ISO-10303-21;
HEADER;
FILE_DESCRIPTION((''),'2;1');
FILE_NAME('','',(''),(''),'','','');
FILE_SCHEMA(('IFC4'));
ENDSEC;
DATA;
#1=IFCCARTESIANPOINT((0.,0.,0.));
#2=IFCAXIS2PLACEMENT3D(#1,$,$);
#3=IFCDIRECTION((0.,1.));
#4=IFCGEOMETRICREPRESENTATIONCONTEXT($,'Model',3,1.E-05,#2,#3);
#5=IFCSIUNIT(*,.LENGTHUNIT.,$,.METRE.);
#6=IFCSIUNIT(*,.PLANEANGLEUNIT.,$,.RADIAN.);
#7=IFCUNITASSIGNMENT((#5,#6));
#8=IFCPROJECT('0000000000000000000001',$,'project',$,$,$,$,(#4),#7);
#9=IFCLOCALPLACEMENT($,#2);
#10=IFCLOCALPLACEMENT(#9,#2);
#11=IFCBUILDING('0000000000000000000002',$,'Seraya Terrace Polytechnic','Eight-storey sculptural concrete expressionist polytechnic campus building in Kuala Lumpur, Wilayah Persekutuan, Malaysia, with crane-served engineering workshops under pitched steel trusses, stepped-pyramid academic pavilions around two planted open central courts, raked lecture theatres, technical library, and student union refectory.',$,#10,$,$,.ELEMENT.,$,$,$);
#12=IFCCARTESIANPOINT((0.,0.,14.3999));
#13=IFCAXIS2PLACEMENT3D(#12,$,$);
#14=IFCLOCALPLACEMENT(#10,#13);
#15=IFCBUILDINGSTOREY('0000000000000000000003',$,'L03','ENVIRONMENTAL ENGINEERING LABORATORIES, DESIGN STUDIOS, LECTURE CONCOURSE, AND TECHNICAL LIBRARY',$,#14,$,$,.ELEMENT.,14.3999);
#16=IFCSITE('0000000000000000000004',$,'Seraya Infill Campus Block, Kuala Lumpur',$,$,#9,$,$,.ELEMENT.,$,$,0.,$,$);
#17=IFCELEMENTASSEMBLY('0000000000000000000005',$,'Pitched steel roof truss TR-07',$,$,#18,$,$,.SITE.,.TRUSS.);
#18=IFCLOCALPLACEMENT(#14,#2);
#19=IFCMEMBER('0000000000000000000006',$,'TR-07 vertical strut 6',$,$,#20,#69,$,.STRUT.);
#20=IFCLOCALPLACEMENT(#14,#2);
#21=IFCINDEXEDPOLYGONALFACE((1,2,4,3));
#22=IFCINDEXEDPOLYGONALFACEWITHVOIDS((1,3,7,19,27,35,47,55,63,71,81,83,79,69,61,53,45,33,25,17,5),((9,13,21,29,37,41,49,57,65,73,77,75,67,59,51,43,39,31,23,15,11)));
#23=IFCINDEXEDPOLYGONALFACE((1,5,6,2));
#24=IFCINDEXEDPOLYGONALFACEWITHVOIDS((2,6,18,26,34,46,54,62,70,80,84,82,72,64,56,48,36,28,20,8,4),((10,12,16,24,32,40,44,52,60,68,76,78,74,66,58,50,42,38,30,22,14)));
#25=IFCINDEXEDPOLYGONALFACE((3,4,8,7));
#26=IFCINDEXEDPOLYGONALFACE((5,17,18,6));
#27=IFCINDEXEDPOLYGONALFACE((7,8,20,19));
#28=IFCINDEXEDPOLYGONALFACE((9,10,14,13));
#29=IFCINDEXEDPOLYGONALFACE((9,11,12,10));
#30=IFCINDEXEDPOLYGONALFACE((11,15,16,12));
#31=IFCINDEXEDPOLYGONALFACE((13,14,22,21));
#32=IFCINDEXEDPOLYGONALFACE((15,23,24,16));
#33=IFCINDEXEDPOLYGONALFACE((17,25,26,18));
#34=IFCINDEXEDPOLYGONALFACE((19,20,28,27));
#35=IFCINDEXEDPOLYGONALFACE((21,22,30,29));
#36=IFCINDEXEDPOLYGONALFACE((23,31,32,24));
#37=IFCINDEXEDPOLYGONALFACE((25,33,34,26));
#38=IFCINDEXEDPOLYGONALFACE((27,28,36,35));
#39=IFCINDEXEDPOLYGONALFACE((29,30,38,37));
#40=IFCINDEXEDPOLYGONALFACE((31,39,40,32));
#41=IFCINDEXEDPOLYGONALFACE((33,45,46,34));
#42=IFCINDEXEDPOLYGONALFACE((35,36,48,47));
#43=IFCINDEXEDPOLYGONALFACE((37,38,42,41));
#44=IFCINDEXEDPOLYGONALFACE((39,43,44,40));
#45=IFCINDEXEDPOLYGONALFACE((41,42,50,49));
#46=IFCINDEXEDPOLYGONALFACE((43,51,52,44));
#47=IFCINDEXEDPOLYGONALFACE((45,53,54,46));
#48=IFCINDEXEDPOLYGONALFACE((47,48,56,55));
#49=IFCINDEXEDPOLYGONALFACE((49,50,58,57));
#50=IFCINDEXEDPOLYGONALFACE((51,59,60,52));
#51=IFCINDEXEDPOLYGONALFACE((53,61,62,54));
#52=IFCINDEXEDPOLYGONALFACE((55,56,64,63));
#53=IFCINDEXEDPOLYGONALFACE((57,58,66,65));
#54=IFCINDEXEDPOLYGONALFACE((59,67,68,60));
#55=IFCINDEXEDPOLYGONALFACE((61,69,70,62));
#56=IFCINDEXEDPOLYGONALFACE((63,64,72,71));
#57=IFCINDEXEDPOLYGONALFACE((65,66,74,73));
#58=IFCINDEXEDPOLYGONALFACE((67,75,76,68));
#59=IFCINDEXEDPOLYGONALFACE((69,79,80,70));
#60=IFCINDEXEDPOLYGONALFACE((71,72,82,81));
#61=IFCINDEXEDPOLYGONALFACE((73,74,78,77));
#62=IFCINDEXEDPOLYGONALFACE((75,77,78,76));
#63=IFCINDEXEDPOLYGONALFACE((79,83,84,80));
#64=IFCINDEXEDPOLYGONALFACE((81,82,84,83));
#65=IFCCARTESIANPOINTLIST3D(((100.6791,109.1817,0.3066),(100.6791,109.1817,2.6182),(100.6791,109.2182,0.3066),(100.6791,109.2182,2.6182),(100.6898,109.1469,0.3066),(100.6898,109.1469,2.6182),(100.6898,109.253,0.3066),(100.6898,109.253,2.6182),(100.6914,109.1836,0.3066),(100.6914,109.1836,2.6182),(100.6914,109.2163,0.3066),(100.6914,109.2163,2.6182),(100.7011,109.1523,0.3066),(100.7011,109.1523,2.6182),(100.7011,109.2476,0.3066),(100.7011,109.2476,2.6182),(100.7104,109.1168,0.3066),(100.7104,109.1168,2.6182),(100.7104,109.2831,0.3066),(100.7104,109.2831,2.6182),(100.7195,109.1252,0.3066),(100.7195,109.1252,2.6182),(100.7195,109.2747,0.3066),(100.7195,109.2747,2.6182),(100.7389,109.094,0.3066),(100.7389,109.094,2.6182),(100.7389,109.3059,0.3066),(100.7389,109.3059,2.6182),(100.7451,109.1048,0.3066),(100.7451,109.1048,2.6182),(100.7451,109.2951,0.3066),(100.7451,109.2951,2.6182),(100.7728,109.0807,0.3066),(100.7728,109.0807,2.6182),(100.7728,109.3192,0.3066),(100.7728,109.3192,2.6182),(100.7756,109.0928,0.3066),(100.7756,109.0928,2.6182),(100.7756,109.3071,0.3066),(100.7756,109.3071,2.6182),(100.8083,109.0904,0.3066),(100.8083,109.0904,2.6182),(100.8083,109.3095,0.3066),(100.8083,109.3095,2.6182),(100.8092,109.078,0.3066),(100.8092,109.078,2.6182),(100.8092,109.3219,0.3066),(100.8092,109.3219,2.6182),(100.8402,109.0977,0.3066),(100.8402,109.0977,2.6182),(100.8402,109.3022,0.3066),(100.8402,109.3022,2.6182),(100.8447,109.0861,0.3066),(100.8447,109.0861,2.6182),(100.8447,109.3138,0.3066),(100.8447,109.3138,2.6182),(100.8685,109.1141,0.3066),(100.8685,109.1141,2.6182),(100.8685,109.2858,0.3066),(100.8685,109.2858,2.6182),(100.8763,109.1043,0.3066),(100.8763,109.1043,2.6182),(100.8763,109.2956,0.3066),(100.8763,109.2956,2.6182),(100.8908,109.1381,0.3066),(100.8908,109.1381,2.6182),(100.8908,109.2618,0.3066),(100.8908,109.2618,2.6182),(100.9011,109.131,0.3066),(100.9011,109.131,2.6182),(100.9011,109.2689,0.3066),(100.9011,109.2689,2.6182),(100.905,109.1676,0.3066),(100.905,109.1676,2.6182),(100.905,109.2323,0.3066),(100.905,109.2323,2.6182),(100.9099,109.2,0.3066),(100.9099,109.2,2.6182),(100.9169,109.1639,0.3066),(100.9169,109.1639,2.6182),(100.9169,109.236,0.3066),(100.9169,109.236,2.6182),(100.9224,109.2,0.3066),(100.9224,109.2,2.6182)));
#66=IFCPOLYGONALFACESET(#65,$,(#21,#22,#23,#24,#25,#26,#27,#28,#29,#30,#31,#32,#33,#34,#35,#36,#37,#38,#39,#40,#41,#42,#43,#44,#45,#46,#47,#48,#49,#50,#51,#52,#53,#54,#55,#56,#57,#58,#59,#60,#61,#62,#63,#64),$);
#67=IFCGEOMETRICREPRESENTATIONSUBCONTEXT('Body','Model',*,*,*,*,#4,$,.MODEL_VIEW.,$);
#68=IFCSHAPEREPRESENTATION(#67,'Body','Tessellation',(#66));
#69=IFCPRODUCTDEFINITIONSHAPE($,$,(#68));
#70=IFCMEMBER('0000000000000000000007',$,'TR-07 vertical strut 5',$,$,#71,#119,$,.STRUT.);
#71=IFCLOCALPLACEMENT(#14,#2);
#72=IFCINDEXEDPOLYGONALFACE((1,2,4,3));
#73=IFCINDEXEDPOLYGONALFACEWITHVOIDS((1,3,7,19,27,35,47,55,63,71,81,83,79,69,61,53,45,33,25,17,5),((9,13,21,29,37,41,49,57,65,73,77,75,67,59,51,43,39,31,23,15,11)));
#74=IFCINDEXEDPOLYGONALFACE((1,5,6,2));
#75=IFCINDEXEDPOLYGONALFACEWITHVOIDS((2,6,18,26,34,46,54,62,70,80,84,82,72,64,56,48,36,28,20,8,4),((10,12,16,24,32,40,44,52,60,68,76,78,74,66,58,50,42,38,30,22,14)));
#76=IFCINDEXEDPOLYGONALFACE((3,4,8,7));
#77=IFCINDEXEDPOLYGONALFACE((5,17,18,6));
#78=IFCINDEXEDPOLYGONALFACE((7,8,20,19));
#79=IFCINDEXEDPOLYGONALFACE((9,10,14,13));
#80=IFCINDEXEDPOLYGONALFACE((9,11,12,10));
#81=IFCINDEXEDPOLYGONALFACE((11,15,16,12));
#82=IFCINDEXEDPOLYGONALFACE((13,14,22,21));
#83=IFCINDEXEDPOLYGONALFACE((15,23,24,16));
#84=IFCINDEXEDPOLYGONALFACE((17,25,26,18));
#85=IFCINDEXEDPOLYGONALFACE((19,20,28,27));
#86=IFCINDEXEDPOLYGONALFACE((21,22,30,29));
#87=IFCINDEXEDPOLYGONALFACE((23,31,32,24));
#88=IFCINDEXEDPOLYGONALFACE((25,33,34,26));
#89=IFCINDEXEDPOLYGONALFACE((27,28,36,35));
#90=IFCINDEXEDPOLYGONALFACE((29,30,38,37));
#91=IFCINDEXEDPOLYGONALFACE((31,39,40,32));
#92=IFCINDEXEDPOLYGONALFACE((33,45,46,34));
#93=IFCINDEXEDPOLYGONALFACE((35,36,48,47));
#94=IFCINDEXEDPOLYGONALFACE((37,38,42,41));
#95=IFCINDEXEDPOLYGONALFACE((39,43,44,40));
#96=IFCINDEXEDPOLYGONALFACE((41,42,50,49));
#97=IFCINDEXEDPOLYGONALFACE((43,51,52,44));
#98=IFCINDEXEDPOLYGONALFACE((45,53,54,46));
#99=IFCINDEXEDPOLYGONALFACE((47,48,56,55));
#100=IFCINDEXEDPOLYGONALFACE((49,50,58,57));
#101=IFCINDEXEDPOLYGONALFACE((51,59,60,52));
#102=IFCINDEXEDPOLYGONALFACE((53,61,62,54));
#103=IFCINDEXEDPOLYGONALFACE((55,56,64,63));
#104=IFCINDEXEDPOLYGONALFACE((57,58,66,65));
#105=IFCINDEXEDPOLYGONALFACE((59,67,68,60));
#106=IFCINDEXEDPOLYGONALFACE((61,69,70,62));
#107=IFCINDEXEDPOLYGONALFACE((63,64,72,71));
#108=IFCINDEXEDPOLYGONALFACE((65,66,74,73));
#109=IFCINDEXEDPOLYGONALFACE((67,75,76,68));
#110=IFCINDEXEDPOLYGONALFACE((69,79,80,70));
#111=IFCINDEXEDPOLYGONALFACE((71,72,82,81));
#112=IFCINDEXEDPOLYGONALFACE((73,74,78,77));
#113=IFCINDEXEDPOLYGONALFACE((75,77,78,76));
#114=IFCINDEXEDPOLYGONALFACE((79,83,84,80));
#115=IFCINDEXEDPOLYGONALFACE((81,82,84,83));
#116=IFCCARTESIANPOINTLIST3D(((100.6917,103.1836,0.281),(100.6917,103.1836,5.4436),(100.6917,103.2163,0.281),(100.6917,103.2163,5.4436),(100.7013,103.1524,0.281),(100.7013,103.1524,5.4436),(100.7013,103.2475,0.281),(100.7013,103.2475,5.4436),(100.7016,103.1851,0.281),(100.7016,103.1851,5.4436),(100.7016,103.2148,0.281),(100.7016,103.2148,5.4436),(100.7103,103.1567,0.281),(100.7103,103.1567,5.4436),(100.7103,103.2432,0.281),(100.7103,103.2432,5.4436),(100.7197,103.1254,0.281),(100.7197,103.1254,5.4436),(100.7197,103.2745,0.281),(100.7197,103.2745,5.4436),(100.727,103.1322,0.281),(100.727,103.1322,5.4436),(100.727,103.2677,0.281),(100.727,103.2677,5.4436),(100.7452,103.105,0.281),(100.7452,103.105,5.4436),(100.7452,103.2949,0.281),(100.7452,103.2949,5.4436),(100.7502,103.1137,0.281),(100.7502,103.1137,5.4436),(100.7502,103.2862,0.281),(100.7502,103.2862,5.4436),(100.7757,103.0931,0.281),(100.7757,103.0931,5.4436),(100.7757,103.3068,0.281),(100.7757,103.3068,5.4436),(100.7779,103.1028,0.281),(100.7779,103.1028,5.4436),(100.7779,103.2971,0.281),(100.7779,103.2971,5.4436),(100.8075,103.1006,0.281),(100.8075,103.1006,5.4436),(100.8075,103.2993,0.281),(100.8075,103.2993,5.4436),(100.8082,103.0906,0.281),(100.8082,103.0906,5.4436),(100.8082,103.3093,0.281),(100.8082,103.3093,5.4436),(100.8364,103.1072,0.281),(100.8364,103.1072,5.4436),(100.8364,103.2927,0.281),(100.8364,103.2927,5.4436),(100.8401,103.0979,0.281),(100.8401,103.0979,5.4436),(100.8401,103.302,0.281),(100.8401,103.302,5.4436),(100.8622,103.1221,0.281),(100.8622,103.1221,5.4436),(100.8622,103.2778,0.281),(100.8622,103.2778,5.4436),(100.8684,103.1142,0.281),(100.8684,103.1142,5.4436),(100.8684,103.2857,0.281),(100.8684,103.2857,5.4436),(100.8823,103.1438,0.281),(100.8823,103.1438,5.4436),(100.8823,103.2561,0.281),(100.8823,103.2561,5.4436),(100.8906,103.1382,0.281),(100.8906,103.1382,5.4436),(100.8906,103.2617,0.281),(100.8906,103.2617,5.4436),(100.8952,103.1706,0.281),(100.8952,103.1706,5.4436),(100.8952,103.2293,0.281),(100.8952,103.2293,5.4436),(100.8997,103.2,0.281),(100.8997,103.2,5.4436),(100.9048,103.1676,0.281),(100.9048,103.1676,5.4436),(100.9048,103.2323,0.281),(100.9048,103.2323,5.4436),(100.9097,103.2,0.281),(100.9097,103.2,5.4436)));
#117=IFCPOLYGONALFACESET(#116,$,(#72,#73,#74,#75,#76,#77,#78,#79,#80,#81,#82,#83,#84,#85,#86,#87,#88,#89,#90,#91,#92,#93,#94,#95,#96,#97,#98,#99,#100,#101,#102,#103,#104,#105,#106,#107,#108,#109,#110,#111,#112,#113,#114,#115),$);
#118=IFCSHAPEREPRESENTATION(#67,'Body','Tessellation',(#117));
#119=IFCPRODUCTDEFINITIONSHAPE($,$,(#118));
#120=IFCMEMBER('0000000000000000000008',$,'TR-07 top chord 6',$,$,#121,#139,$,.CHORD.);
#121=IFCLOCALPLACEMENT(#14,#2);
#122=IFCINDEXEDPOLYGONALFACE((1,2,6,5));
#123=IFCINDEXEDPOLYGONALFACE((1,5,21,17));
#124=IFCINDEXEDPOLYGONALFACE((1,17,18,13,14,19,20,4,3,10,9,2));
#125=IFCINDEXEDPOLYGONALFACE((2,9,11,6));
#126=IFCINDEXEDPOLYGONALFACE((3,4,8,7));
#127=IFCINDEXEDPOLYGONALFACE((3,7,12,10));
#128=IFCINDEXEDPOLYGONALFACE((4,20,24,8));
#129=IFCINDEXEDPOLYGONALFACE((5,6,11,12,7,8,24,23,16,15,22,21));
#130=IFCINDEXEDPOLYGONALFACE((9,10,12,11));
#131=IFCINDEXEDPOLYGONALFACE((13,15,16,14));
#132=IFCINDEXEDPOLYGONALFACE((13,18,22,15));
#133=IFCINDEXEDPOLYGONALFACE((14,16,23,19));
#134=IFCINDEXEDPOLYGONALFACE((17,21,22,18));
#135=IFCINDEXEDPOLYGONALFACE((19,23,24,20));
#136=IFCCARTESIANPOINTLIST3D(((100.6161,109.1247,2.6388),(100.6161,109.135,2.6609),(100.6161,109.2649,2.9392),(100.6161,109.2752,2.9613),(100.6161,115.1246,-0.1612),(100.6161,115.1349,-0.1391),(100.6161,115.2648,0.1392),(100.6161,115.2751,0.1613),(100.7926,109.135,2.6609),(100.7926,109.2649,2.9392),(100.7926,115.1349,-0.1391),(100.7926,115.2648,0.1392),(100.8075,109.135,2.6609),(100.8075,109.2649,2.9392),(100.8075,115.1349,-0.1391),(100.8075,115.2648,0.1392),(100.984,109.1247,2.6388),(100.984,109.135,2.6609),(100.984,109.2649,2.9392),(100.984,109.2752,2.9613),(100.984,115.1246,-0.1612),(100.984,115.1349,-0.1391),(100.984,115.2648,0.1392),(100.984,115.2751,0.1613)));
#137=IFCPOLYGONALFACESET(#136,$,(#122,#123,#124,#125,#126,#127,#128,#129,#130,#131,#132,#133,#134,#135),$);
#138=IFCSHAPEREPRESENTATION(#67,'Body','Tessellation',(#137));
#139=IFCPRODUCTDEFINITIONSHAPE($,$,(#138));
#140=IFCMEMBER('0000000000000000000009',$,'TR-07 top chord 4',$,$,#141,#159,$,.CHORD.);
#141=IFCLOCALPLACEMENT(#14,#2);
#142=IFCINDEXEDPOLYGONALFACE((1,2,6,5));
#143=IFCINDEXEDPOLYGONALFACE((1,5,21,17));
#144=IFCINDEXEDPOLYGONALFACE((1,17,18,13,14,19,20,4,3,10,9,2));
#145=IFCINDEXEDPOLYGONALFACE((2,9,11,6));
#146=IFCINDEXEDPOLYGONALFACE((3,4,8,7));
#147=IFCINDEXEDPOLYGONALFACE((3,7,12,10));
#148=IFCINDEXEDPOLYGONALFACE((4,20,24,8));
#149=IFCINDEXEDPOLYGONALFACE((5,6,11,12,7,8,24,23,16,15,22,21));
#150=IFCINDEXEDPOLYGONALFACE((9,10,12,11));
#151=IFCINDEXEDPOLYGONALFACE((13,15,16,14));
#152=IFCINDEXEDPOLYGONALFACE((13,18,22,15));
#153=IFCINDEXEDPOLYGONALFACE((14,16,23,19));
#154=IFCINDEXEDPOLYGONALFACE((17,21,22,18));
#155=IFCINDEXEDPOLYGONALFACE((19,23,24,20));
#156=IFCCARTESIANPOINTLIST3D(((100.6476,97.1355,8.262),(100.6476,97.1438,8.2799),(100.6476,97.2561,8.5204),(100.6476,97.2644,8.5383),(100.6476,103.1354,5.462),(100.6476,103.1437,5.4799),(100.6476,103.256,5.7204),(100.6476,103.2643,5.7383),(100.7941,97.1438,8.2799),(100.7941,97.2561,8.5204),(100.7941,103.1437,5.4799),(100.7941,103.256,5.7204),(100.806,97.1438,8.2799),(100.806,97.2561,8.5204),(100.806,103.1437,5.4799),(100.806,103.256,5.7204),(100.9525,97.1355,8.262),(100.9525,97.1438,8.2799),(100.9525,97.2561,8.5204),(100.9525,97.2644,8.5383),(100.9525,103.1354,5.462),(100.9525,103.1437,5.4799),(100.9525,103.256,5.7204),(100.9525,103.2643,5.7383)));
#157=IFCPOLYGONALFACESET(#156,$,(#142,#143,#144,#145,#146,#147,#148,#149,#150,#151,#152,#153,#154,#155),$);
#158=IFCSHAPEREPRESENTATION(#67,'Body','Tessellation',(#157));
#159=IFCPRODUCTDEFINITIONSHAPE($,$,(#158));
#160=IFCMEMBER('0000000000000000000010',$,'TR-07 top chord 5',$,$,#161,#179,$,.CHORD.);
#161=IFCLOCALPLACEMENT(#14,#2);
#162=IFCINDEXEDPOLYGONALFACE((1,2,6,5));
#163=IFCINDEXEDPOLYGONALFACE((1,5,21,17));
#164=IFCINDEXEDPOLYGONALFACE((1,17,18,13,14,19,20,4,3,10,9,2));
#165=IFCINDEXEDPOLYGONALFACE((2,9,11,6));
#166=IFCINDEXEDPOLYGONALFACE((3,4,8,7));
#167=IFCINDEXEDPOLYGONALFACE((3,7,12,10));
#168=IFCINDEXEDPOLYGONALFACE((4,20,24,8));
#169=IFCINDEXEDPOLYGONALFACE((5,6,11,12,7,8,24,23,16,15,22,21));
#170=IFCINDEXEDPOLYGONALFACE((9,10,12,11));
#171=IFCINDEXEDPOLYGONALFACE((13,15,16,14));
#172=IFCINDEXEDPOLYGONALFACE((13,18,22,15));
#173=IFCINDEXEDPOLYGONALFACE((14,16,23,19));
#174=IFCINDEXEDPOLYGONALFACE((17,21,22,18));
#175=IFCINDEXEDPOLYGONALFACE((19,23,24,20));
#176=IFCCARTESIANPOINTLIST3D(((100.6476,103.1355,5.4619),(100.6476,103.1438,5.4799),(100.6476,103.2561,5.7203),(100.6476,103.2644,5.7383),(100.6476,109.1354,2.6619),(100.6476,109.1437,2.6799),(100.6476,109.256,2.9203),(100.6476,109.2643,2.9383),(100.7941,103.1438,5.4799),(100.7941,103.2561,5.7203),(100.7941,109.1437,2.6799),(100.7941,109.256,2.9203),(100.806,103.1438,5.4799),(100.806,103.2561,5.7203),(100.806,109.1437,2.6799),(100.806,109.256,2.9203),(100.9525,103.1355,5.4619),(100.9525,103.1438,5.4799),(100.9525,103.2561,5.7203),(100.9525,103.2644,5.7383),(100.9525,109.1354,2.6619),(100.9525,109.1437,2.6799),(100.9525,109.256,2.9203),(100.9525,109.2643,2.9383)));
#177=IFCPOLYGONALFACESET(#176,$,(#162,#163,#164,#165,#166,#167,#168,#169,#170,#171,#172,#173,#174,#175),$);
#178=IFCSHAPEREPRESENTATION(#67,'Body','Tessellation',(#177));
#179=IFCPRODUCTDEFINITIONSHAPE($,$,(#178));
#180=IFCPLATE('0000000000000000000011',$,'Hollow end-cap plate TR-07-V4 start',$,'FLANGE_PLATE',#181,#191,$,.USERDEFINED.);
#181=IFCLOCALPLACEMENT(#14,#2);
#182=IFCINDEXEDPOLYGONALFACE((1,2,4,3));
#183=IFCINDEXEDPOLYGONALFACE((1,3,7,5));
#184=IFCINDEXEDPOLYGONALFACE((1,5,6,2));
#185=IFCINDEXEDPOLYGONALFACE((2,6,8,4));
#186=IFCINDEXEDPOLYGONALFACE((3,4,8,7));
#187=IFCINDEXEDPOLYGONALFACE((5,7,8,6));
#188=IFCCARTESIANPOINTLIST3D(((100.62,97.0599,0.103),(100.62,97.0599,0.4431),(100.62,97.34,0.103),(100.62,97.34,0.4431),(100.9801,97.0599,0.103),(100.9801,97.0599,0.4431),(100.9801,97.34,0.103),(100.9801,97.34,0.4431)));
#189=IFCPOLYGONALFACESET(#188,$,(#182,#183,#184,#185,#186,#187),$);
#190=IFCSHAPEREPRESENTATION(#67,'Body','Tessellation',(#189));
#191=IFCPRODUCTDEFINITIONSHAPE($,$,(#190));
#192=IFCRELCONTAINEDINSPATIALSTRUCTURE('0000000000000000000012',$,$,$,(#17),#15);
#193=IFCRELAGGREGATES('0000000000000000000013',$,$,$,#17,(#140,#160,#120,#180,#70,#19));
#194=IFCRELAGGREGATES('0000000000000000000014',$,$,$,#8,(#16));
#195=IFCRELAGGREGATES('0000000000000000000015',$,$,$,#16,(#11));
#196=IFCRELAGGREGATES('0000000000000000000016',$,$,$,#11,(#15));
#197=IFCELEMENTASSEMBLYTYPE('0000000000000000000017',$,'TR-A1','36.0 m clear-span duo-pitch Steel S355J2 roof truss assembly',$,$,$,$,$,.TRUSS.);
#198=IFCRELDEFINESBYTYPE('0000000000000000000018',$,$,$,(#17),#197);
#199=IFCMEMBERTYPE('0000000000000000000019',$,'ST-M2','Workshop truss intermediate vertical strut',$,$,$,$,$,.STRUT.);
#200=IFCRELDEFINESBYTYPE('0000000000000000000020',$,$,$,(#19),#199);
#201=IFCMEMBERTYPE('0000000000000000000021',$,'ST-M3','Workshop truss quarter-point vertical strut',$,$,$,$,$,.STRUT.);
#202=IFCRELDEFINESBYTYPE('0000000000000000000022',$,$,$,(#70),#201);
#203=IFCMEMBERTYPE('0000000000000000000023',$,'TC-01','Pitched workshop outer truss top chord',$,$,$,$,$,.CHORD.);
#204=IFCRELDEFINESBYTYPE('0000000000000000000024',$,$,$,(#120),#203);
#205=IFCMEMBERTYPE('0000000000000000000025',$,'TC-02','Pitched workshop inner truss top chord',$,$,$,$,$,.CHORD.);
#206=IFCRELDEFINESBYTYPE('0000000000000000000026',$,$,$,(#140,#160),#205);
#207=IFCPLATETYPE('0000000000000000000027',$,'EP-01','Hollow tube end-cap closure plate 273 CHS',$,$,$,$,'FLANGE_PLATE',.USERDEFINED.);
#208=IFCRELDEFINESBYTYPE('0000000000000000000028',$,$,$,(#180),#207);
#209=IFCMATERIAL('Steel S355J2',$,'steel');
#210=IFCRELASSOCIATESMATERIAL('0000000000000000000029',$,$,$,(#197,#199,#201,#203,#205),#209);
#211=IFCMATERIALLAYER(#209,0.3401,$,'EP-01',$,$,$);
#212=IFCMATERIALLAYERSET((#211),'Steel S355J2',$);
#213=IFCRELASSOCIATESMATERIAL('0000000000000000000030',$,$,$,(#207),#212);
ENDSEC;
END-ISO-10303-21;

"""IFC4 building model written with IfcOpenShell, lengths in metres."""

from ifc_helpers import new_model, si_unit, direction, frame, origin, origin_2d, place, context, subcontext, project, spatial, rectangle, hollow_circle, i_section, extrude, material, layer, layer_set, material_profile, profile_set, type_object, element, aggregate, save


model = new_model("IFC4")

# Units and contexts
model_context = context("Model", 3, precision=1e-05, world=origin(), true_north=direction((0.0, 1.0)))
body_context = subcontext(model_context, "Body", "Model", "MODEL_VIEW")
ifc_project = project(units=[si_unit("LENGTHUNIT", "METRE"), si_unit("PLANEANGLEUNIT", "RADIAN")], contexts=[model_context])

# Site, building, storey
site_placement = place(None, origin())
site = spatial("IfcSite", under=ifc_project, at=site_placement, Name="Seraya Infill Campus Block, Kuala Lumpur", CompositionType="ELEMENT", RefElevation=0.0)
building_placement = place(site_placement, origin())
building = spatial("IfcBuilding", under=site, at=building_placement, Name="Seraya Terrace Polytechnic", Description="Eight-storey sculptural concrete expressionist polytechnic campus building in Kuala Lumpur, Wilayah Persekutuan, Malaysia, with crane-served engineering workshops under pitched steel trusses, stepped-pyramid academic pavilions around two planted open central courts, raked lecture theatres, technical library, and student union refectory.", CompositionType="ELEMENT")
storey_placement = place(building_placement, frame((0.0, 0.0, 14.3999)))
storey = spatial("IfcBuildingStorey", under=building, at=storey_placement, Name="L03", Description="ENVIRONMENTAL ENGINEERING LABORATORIES, DESIGN STUDIOS, LECTURE CONCOURSE, AND TECHNICAL LIBRARY", CompositionType="ELEMENT", Elevation=14.3999)

# Element assembly
ifc_material_1 = material(Name="Steel S355J2", Category="steel")
element_assembly_type = type_object("IfcElementAssemblyType", Name="TR-A1", Description="36.0 m clear-span duo-pitch Steel S355J2 roof truss assembly", PredefinedType="TRUSS", material=ifc_material_1)
assembly_placement = place(storey_placement, origin())
assembly = element("IfcElementAssembly", 1, at=assembly_placement, inside=storey, type_object=element_assembly_type, Name="Pitched steel roof truss TR-07", AssemblyPlace="SITE", PredefinedType="TRUSS")

# Members
ifc_material_profile_1 = material_profile(ifc_material_1, hollow_circle(Radius=0.1223, WallThickness=0.0125, at=origin_2d()), Name="CHS 244.5x12.5")
ifc_profile_set_1 = profile_set([ifc_material_profile_1], Name="Steel S355J2")
member_type_1 = type_object("IfcMemberType", Name="ST-M2", Description="Workshop truss intermediate vertical strut", PredefinedType="STRUT", material=ifc_profile_set_1)
member_1_placement = place(storey_placement, frame((100.8, 109.2, 0.3066), z_axis=(0.0, 0.0, 1.0), x_axis=(1.0, 0.0, 0.0)))
member_1 = element("IfcMember", 2, at=member_1_placement, type_object=member_type_1, Name="TR-07 vertical strut 6", PredefinedType="STRUT", context=body_context, shape_type="SweptSolid", body=[
    extrude(hollow_circle(Radius=0.1223, WallThickness=0.0125, at=origin_2d()), origin(), (0.0, 0.0, 1.0), 2.3115),
])
ifc_material_profile_2 = material_profile(ifc_material_1, hollow_circle(Radius=0.1096, WallThickness=0.01, at=origin_2d()), Name="CHS 219.1x10.0")
ifc_profile_set_2 = profile_set([ifc_material_profile_2], Name="Steel S355J2")
member_type_2 = type_object("IfcMemberType", Name="ST-M3", Description="Workshop truss quarter-point vertical strut", PredefinedType="STRUT", material=ifc_profile_set_2)
member_2_placement = place(storey_placement, frame((100.8, 103.2, 0.281), z_axis=(0.0, 0.0, 1.0), x_axis=(1.0, 0.0, 0.0)))
member_2 = element("IfcMember", 3, at=member_2_placement, type_object=member_type_2, Name="TR-07 vertical strut 5", PredefinedType="STRUT", context=body_context, shape_type="SweptSolid", body=[
    extrude(hollow_circle(Radius=0.1096, WallThickness=0.01, at=origin_2d()), origin(), (0.0, 0.0, 1.0), 5.1626),
])
ifc_material_profile_3 = material_profile(ifc_material_1, i_section(OverallWidth=0.3679, OverallDepth=0.356, WebThickness=0.0149, FlangeThickness=0.0244, at=origin_2d()), Name="UKC 356x368x15.0x24.4")
ifc_profile_set_3 = profile_set([ifc_material_profile_3], Name="Steel S355J2")
member_type_3 = type_object("IfcMemberType", Name="TC-01", Description="Pitched workshop outer truss top chord", PredefinedType="CHORD", material=ifc_profile_set_3)
member_3_placement = place(storey_placement, frame((100.8, 109.2, 2.8), z_axis=(0.0, 0.90618, -0.422892), x_axis=(-1.0, 0.0, 0.0)))
member_3 = element("IfcMember", 4, at=member_3_placement, type_object=member_type_3, Name="TR-07 top chord 6", PredefinedType="CHORD", context=body_context, shape_type="SweptSolid", body=[
    extrude(i_section(OverallWidth=0.3679, OverallDepth=0.356, WebThickness=0.0149, FlangeThickness=0.0244, at=origin_2d()), origin(), (0.0, 0.0, 1.0), 6.6211),
])
ifc_material_profile_4 = material_profile(ifc_material_1, i_section(OverallWidth=0.3049, OverallDepth=0.3049, WebThickness=0.012, FlangeThickness=0.0198, at=origin_2d()), Name="UKC 305x305x12.0x19.7")
ifc_profile_set_4 = profile_set([ifc_material_profile_4], Name="Steel S355J2")
member_type_4 = type_object("IfcMemberType", Name="TC-02", Description="Pitched workshop inner truss top chord", PredefinedType="CHORD", material=ifc_profile_set_4)
member_4_placement = place(storey_placement, frame((100.8, 97.2, 8.4001), z_axis=(0.0, 0.90618, -0.422892), x_axis=(-1.0, 0.0, 0.0)))
member_4 = element("IfcMember", 5, at=member_4_placement, type_object=member_type_4, Name="TR-07 top chord 4", PredefinedType="CHORD", context=body_context, shape_type="SweptSolid", body=[
    extrude(i_section(OverallWidth=0.3049, OverallDepth=0.3049, WebThickness=0.012, FlangeThickness=0.0198, at=origin_2d()), origin(), (0.0, 0.0, 1.0), 6.6211),
])
member_5_placement = place(storey_placement, frame((100.8, 103.2, 5.6001), z_axis=(0.0, 0.90618, -0.422892), x_axis=(-1.0, 0.0, 0.0)))
member_5 = element("IfcMember", 6, at=member_5_placement, type_object=member_type_4, Name="TR-07 top chord 5", PredefinedType="CHORD", context=body_context, shape_type="SweptSolid", body=[
    extrude(i_section(OverallWidth=0.3049, OverallDepth=0.3049, WebThickness=0.012, FlangeThickness=0.0198, at=origin_2d()), origin(), (0.0, 0.0, 1.0), 6.6211),
])

# Plate
ifc_layer_1 = layer(ifc_material_1, 0.3401, Name="EP-01")
ifc_layer_set_1 = layer_set([ifc_layer_1], Name="Steel S355J2")
plate_type_1 = type_object("IfcPlateType", Name="EP-01", Description="Hollow tube end-cap closure plate 273 CHS", ElementType="FLANGE_PLATE", PredefinedType="USERDEFINED", material=ifc_layer_set_1)
plate_1_placement = place(storey_placement, frame((100.8, 97.2, 0.103), z_axis=(0.0, 0.0, 1.0), x_axis=(1.0, 0.0, 0.0)))
plate_1 = element("IfcPlate", 7, at=plate_1_placement, type_object=plate_type_1, Name="Hollow end-cap plate TR-07-V4 start", ObjectType="FLANGE_PLATE", PredefinedType="USERDEFINED", context=body_context, shape_type="SweptSolid", body=[
    extrude(rectangle(XDim=0.3601, YDim=0.28, at=origin_2d()), origin(), (0.0, 0.0, 1.0), 0.3401),
])
aggregate(assembly, [member_4, member_5, member_3, plate_1, member_2, member_1])

save(model, "model.ifc")
